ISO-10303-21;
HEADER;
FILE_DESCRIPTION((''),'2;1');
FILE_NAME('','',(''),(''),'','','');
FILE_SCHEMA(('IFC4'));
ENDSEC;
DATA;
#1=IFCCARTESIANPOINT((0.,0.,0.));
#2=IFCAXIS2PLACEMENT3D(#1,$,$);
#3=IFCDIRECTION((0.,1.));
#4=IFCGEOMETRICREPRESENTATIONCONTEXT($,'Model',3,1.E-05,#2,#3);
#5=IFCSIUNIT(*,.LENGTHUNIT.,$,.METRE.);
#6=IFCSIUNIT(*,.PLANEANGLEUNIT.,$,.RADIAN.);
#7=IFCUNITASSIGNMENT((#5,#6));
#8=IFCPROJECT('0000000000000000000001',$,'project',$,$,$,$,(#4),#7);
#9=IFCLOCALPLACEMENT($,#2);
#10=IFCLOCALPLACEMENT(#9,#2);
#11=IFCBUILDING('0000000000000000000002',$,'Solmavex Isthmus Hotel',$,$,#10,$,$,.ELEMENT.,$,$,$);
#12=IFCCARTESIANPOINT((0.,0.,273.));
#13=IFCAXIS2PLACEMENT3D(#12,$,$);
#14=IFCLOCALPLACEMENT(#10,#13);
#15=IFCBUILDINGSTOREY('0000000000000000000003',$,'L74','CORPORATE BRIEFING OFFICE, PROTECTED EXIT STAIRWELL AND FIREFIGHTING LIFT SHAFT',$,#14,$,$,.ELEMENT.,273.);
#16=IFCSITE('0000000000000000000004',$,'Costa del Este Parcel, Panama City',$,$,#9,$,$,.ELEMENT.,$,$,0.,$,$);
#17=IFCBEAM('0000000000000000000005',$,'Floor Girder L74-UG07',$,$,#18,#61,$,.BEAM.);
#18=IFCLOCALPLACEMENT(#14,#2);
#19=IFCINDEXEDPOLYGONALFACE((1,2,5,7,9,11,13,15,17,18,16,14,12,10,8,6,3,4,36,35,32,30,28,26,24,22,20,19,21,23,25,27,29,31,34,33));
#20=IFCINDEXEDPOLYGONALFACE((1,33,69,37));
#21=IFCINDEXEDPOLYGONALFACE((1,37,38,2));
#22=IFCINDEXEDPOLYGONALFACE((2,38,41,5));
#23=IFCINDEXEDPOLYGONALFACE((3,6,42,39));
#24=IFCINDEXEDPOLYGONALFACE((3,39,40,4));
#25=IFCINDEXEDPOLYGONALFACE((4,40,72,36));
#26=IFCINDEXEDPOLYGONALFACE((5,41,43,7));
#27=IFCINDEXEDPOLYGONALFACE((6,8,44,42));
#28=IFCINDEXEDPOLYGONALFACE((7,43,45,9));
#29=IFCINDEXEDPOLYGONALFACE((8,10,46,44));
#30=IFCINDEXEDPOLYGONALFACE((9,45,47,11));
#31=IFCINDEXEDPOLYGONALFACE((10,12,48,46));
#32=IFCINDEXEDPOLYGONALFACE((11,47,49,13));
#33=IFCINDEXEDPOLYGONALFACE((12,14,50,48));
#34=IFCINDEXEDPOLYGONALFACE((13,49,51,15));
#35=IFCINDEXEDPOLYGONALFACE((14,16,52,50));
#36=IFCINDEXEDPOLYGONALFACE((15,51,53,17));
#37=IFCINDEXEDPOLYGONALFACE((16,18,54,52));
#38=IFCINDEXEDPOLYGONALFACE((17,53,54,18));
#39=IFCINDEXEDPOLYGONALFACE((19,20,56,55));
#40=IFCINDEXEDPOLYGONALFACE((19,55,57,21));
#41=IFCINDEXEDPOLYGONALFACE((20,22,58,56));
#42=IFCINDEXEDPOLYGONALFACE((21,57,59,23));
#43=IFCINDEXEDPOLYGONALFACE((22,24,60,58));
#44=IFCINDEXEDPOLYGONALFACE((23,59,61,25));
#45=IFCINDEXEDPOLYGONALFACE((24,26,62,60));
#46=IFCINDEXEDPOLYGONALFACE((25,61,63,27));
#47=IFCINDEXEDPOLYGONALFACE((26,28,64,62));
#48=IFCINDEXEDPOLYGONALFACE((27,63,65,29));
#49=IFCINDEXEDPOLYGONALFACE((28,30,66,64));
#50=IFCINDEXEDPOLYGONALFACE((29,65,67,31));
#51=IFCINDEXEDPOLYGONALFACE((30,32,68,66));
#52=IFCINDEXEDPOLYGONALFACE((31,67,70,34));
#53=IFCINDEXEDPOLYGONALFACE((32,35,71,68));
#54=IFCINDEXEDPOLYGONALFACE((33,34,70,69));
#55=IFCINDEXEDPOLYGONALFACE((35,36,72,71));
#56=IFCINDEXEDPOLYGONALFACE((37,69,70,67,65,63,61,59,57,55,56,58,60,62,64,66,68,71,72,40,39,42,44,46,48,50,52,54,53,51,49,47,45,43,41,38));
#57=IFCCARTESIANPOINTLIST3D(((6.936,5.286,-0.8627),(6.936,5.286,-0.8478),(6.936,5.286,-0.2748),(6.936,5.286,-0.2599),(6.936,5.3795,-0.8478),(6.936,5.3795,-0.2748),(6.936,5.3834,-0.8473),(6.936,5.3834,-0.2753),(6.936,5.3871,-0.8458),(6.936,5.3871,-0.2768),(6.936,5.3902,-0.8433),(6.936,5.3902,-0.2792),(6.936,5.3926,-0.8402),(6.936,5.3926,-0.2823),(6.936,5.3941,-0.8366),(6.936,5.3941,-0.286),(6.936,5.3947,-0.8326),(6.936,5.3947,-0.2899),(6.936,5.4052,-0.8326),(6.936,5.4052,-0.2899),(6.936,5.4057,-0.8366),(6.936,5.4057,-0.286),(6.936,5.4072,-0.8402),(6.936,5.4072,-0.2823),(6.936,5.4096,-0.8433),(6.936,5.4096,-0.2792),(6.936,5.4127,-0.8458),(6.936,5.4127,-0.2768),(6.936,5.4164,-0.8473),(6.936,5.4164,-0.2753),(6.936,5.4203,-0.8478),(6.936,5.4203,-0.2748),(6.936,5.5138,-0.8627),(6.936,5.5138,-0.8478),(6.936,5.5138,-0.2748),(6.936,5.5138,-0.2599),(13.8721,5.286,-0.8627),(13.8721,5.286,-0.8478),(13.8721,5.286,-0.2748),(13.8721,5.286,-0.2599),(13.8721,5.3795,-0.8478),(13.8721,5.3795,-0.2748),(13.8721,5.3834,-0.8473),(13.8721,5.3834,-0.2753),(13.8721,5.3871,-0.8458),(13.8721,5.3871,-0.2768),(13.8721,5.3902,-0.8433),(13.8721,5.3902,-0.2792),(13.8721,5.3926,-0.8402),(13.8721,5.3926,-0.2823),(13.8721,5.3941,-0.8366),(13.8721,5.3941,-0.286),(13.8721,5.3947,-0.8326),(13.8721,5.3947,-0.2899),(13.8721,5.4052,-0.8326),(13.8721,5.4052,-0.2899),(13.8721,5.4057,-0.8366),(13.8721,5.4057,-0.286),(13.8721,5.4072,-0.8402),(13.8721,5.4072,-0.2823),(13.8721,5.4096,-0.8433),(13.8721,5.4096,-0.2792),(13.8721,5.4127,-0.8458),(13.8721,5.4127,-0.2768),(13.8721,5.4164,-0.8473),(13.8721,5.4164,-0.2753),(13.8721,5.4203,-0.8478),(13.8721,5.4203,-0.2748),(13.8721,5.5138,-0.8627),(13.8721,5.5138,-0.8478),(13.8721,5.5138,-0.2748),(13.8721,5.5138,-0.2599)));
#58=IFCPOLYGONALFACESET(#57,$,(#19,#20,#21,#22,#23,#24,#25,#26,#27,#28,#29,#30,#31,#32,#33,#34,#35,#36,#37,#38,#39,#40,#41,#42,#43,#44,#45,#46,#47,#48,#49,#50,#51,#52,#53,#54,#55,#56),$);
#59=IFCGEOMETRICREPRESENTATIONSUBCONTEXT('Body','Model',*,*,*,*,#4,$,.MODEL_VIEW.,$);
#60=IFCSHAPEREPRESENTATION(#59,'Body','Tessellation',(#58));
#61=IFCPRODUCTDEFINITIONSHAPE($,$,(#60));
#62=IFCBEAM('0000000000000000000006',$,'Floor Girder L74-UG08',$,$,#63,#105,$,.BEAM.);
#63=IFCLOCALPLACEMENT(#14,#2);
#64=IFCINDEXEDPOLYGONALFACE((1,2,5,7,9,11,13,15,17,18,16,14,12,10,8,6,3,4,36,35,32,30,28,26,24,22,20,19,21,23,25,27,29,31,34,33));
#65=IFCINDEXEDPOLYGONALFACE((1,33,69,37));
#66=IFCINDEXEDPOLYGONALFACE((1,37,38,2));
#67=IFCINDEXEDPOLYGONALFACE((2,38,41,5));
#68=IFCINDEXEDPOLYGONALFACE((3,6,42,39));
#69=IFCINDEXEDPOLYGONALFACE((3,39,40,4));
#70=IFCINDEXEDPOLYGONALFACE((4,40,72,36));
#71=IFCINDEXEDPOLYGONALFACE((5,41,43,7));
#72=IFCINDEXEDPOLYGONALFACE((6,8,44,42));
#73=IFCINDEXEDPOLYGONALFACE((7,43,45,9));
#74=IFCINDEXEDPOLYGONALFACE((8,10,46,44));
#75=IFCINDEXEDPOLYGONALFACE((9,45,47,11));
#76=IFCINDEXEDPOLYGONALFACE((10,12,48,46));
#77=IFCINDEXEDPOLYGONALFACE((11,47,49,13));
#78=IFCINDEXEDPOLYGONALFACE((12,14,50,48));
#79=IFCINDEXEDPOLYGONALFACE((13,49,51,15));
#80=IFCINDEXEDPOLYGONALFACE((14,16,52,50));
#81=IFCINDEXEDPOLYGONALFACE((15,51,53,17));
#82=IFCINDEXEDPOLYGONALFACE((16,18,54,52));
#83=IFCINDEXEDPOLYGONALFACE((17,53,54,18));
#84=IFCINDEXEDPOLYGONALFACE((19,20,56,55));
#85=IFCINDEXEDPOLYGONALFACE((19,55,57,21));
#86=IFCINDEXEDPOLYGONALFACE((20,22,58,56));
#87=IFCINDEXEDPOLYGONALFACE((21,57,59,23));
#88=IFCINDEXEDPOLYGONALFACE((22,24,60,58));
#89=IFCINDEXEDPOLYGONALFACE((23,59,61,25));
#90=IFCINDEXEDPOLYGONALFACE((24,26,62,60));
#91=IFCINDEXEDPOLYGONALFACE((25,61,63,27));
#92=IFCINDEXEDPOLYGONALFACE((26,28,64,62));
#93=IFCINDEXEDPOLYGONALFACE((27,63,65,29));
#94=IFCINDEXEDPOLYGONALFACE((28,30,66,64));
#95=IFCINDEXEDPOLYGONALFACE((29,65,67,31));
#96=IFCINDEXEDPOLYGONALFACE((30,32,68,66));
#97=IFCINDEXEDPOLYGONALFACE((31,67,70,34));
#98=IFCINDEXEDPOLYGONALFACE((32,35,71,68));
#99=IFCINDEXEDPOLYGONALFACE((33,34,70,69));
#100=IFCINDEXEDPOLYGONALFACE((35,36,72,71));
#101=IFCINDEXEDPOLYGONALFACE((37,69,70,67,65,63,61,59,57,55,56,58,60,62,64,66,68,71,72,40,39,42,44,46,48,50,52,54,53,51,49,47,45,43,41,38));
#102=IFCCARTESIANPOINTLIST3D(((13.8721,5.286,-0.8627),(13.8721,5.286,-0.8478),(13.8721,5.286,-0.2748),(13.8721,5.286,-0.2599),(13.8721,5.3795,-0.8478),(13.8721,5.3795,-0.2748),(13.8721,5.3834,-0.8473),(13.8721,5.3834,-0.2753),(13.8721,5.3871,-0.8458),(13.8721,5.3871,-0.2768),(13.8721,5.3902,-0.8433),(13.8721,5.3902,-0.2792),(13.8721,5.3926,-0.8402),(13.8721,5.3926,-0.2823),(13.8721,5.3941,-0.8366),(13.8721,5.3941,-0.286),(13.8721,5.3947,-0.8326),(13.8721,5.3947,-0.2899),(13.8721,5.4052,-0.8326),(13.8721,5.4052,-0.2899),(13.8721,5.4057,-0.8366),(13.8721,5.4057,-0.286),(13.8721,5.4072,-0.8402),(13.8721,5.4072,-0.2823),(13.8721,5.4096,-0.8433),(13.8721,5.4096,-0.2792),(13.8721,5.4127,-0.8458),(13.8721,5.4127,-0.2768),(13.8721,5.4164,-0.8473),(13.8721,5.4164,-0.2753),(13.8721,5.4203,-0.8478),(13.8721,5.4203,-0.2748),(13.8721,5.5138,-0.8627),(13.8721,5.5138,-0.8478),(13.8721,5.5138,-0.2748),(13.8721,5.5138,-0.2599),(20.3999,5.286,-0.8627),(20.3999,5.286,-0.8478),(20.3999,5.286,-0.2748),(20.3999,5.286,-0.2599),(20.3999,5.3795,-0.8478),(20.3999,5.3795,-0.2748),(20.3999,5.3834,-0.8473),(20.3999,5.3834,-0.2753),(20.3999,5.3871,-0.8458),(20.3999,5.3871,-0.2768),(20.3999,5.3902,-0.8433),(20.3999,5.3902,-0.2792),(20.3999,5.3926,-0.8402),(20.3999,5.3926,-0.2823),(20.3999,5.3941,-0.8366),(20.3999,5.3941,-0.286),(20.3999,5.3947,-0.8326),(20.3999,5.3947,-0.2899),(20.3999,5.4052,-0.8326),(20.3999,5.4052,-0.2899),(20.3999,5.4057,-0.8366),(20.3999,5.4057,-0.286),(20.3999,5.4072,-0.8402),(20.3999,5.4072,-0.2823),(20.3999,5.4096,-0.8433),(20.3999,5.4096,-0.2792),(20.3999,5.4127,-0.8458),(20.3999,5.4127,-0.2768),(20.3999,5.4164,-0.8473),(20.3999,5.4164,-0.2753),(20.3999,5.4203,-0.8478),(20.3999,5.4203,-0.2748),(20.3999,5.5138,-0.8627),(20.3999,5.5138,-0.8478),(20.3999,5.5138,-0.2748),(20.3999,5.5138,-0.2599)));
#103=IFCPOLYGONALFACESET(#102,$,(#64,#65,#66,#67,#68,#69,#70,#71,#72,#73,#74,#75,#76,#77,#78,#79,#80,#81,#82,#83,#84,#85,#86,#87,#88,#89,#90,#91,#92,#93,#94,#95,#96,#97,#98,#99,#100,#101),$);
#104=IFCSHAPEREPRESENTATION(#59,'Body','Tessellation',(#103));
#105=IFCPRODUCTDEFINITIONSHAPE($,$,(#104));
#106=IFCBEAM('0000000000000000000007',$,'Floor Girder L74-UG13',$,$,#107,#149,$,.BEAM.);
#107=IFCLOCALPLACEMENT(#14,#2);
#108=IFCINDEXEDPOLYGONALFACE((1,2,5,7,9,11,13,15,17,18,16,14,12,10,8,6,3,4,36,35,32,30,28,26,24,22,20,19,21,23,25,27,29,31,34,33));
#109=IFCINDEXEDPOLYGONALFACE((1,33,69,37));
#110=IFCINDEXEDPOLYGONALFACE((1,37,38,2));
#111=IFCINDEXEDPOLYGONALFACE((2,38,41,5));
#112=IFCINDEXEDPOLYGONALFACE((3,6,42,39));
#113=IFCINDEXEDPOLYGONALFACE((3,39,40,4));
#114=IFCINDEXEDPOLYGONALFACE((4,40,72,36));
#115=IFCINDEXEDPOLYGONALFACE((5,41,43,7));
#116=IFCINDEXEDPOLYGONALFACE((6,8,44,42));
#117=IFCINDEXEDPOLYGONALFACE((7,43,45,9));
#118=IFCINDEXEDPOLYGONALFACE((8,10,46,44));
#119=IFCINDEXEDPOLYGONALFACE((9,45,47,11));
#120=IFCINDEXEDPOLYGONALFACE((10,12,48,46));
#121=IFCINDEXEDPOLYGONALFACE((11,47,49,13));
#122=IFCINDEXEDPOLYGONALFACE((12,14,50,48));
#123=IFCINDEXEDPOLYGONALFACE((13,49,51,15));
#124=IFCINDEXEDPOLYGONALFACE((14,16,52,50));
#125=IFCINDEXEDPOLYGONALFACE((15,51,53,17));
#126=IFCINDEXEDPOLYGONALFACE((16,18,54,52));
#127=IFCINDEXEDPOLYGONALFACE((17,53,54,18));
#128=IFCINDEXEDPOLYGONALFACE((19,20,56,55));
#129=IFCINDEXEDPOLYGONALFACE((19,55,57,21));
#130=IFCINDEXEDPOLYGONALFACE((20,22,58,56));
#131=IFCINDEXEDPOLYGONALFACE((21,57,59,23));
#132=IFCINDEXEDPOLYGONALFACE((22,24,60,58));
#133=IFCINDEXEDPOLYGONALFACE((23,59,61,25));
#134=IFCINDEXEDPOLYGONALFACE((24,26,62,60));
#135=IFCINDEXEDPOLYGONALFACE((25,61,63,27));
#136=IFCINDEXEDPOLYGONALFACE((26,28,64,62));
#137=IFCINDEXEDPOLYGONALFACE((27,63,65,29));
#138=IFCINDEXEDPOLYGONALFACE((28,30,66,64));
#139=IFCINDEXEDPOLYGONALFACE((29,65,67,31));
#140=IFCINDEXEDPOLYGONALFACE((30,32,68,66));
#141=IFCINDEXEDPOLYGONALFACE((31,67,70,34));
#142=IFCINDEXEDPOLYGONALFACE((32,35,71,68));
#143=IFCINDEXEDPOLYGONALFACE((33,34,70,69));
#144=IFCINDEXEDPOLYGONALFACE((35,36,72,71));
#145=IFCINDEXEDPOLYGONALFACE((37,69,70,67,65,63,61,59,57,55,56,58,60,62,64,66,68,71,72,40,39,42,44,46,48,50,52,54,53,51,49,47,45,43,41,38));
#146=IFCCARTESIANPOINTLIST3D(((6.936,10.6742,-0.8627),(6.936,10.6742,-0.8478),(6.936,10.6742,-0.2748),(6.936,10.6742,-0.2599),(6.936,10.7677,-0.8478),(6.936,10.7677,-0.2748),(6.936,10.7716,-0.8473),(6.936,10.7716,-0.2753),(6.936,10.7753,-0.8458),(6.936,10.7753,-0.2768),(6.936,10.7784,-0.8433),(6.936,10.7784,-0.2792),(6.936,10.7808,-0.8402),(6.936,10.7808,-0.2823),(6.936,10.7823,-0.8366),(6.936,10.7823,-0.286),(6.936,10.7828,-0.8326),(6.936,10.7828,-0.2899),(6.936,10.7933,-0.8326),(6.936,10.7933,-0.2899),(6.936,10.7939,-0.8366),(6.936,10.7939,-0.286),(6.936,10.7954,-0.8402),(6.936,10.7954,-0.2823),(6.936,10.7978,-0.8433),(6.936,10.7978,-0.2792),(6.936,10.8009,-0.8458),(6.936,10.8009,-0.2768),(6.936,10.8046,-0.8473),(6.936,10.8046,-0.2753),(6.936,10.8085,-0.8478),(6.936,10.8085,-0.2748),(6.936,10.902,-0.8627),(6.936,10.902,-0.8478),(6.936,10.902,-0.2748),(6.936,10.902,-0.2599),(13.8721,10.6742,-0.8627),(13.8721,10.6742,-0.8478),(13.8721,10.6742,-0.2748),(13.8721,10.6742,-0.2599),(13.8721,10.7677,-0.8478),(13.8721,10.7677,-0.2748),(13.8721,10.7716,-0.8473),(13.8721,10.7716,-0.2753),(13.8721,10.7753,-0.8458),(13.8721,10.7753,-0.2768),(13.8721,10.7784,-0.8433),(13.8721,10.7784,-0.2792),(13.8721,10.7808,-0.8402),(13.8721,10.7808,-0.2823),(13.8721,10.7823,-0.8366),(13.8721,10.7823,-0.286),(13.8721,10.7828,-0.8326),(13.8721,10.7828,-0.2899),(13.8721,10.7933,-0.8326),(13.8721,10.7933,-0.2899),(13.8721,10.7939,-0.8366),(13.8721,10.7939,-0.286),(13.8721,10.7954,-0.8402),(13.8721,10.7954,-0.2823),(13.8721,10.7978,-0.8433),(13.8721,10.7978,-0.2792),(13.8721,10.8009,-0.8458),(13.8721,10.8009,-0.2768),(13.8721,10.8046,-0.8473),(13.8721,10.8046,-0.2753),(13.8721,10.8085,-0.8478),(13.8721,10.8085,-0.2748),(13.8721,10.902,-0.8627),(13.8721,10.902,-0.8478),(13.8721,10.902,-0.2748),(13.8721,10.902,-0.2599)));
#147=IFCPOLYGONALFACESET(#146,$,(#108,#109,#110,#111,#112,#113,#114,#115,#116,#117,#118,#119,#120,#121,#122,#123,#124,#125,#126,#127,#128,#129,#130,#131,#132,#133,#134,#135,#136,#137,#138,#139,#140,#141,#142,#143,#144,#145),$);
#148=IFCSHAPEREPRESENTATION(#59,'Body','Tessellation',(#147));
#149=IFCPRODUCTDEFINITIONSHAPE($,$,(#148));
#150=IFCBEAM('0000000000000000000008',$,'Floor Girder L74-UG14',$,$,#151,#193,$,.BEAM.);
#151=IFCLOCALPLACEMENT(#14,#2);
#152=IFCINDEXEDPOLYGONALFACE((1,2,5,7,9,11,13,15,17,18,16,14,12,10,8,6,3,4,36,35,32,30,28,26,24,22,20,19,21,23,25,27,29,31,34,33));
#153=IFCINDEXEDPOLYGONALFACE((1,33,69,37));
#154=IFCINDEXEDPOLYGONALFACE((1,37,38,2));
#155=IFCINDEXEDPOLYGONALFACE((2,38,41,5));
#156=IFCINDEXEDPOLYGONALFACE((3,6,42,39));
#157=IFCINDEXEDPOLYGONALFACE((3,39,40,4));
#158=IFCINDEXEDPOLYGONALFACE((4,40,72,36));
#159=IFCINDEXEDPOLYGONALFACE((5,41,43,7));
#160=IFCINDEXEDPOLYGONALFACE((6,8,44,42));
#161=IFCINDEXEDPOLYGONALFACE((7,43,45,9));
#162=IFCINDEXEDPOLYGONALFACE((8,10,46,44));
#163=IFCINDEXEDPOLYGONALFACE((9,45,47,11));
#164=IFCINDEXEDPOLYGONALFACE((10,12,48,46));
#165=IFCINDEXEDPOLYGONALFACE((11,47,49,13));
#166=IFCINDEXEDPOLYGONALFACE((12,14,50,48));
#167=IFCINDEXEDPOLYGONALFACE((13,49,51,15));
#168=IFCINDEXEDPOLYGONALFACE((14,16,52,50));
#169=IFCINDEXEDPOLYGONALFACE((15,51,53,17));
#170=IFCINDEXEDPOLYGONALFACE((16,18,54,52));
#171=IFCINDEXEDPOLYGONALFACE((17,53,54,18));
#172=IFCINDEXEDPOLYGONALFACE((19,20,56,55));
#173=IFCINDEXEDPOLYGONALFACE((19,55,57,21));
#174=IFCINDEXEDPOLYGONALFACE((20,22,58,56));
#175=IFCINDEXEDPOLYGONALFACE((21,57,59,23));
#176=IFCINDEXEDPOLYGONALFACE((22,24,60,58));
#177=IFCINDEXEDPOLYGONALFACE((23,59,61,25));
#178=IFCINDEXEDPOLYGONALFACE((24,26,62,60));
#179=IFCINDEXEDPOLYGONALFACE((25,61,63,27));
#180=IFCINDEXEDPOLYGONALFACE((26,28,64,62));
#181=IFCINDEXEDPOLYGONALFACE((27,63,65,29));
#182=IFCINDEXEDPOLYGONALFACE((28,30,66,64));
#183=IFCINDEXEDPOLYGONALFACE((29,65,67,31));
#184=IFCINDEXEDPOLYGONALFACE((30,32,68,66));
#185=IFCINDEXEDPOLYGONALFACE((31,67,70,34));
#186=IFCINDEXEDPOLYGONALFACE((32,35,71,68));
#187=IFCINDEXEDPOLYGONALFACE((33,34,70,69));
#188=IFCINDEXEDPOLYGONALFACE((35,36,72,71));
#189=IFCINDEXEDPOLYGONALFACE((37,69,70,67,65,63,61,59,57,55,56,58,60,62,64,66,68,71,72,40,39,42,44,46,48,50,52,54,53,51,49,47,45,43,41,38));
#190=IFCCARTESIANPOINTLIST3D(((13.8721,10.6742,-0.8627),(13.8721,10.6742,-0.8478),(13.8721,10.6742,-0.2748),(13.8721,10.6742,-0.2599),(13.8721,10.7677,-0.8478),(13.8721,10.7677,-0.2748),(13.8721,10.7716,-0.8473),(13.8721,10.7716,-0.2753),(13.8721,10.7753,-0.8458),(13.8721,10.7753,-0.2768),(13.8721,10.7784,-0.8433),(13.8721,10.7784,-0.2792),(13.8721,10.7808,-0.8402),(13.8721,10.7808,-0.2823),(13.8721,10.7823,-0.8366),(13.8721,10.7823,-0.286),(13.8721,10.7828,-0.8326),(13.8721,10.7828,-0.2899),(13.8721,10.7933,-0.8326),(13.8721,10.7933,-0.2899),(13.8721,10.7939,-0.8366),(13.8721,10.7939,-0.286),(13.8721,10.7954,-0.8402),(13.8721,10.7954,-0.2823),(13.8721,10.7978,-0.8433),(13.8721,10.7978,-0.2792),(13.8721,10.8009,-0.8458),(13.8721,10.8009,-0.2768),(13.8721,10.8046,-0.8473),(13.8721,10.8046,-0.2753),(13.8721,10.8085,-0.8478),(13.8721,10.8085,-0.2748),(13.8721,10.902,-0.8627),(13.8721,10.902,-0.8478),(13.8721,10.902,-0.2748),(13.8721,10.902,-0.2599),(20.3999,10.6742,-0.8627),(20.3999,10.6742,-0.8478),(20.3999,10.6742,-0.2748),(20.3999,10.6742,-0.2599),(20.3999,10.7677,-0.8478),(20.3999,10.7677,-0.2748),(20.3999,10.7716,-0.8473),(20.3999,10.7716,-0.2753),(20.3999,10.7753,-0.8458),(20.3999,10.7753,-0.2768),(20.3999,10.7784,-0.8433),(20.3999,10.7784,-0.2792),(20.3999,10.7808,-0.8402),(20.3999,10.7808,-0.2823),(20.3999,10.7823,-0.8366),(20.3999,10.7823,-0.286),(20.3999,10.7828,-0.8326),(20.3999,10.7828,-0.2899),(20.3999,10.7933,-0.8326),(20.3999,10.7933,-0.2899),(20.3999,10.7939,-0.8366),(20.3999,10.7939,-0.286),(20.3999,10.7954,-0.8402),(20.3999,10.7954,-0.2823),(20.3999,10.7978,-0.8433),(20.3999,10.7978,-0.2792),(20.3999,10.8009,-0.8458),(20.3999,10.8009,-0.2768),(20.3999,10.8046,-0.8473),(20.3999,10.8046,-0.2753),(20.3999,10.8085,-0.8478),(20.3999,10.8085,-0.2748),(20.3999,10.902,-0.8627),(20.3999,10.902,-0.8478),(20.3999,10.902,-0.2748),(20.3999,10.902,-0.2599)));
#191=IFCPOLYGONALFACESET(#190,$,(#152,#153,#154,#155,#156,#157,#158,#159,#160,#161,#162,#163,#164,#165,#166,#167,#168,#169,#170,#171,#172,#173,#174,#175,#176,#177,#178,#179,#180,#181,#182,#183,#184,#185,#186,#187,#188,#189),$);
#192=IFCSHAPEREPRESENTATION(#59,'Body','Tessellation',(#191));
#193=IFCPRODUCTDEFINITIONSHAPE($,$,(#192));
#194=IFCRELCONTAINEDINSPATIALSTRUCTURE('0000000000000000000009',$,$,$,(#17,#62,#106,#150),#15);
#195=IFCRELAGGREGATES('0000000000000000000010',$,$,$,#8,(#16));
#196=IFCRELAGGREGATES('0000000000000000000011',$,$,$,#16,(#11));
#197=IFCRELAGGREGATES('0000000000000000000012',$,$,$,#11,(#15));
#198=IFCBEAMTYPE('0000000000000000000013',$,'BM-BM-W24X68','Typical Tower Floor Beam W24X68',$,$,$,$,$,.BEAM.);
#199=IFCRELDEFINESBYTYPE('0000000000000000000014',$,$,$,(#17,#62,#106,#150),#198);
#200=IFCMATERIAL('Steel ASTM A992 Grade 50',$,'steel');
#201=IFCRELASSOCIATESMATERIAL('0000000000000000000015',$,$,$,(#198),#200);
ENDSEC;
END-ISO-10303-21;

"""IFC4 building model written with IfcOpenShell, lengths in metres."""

from ifc_helpers import new_model, si_unit, direction, frame, origin, origin_2d, place, context, subcontext, project, spatial, i_section, extrude, material, material_profile, profile_set, type_object, element, save


model = new_model("IFC4")

# Units and contexts
model_context = context("Model", 3, precision=1e-05, world=origin(), true_north=direction((0.0, 1.0)))
body_context = subcontext(model_context, "Body", "Model", "MODEL_VIEW")
ifc_project = project(units=[si_unit("LENGTHUNIT", "METRE"), si_unit("PLANEANGLEUNIT", "RADIAN")], contexts=[model_context])

# Site, building, storey
site_placement = place(None, origin())
site = spatial("IfcSite", under=ifc_project, at=site_placement, Name="Costa del Este Parcel, Panama City", CompositionType="ELEMENT", RefElevation=0.0)
building_placement = place(site_placement, origin())
building = spatial("IfcBuilding", under=site, at=building_placement, Name="Solmavex Isthmus Hotel", CompositionType="ELEMENT")
storey_placement = place(building_placement, frame((0.0, 0.0, 273.0)))
storey = spatial("IfcBuildingStorey", under=building, at=storey_placement, Name="L74", Description="CORPORATE BRIEFING OFFICE, PROTECTED EXIT STAIRWELL AND FIREFIGHTING LIFT SHAFT", CompositionType="ELEMENT", Elevation=273.0)

# Beams
ifc_material_1 = material(Name="Steel ASTM A992 Grade 50", Category="steel")
ifc_material_profile_1 = material_profile(ifc_material_1, i_section(OverallWidth=0.2278, OverallDepth=0.6028, WebThickness=0.0105, FlangeThickness=0.0149, FilletRadius=0.0151, at=origin_2d()), Name="W24X68")
ifc_profile_set_1 = profile_set([ifc_material_profile_1], Name="Steel ASTM A992 Grade 50")
beam_type_1 = type_object("IfcBeamType", Name="BM-BM-W24X68", Description="Typical Tower Floor Beam W24X68", PredefinedType="BEAM", material=ifc_profile_set_1)
beam_1_placement = place(storey_placement, frame((6.936, 5.3999, -0.5613), z_axis=(1.0, 0.0, 0.0), x_axis=(0.0, 1.0, 0.0)))
element("IfcBeam", 1, at=beam_1_placement, inside=storey, type_object=beam_type_1, Name="Floor Girder L74-UG07", PredefinedType="BEAM", context=body_context, shape_type="SweptSolid", body=[
    extrude(i_section(OverallWidth=0.2278, OverallDepth=0.6028, WebThickness=0.0105, FlangeThickness=0.0149, FilletRadius=0.0151, at=origin_2d()), origin(), (0.0, 0.0, 1.0), 6.936),
])
beam_2_placement = place(storey_placement, frame((13.8721, 5.3999, -0.5613), z_axis=(1.0, 0.0, 0.0), x_axis=(0.0, 1.0, 0.0)))
element("IfcBeam", 2, at=beam_2_placement, inside=storey, type_object=beam_type_1, Name="Floor Girder L74-UG08", PredefinedType="BEAM", context=body_context, shape_type="SweptSolid", body=[
    extrude(i_section(OverallWidth=0.2278, OverallDepth=0.6028, WebThickness=0.0105, FlangeThickness=0.0149, FilletRadius=0.0151, at=origin_2d()), origin(), (0.0, 0.0, 1.0), 6.5278),
])
beam_3_placement = place(storey_placement, frame((6.936, 10.7881, -0.5613), z_axis=(1.0, 0.0, 0.0), x_axis=(0.0, 1.0, 0.0)))
element("IfcBeam", 3, at=beam_3_placement, inside=storey, type_object=beam_type_1, Name="Floor Girder L74-UG13", PredefinedType="BEAM", context=body_context, shape_type="SweptSolid", body=[
    extrude(i_section(OverallWidth=0.2278, OverallDepth=0.6028, WebThickness=0.0105, FlangeThickness=0.0149, FilletRadius=0.0151, at=origin_2d()), origin(), (0.0, 0.0, 1.0), 6.936),
])
beam_4_placement = place(storey_placement, frame((13.8721, 10.7881, -0.5613), z_axis=(1.0, 0.0, 0.0), x_axis=(0.0, 1.0, 0.0)))
element("IfcBeam", 4, at=beam_4_placement, inside=storey, type_object=beam_type_1, Name="Floor Girder L74-UG14", PredefinedType="BEAM", context=body_context, shape_type="SweptSolid", body=[
    extrude(i_section(OverallWidth=0.2278, OverallDepth=0.6028, WebThickness=0.0105, FlangeThickness=0.0149, FilletRadius=0.0151, at=origin_2d()), origin(), (0.0, 0.0, 1.0), 6.5278),
])

save(model, "model.ifc")
